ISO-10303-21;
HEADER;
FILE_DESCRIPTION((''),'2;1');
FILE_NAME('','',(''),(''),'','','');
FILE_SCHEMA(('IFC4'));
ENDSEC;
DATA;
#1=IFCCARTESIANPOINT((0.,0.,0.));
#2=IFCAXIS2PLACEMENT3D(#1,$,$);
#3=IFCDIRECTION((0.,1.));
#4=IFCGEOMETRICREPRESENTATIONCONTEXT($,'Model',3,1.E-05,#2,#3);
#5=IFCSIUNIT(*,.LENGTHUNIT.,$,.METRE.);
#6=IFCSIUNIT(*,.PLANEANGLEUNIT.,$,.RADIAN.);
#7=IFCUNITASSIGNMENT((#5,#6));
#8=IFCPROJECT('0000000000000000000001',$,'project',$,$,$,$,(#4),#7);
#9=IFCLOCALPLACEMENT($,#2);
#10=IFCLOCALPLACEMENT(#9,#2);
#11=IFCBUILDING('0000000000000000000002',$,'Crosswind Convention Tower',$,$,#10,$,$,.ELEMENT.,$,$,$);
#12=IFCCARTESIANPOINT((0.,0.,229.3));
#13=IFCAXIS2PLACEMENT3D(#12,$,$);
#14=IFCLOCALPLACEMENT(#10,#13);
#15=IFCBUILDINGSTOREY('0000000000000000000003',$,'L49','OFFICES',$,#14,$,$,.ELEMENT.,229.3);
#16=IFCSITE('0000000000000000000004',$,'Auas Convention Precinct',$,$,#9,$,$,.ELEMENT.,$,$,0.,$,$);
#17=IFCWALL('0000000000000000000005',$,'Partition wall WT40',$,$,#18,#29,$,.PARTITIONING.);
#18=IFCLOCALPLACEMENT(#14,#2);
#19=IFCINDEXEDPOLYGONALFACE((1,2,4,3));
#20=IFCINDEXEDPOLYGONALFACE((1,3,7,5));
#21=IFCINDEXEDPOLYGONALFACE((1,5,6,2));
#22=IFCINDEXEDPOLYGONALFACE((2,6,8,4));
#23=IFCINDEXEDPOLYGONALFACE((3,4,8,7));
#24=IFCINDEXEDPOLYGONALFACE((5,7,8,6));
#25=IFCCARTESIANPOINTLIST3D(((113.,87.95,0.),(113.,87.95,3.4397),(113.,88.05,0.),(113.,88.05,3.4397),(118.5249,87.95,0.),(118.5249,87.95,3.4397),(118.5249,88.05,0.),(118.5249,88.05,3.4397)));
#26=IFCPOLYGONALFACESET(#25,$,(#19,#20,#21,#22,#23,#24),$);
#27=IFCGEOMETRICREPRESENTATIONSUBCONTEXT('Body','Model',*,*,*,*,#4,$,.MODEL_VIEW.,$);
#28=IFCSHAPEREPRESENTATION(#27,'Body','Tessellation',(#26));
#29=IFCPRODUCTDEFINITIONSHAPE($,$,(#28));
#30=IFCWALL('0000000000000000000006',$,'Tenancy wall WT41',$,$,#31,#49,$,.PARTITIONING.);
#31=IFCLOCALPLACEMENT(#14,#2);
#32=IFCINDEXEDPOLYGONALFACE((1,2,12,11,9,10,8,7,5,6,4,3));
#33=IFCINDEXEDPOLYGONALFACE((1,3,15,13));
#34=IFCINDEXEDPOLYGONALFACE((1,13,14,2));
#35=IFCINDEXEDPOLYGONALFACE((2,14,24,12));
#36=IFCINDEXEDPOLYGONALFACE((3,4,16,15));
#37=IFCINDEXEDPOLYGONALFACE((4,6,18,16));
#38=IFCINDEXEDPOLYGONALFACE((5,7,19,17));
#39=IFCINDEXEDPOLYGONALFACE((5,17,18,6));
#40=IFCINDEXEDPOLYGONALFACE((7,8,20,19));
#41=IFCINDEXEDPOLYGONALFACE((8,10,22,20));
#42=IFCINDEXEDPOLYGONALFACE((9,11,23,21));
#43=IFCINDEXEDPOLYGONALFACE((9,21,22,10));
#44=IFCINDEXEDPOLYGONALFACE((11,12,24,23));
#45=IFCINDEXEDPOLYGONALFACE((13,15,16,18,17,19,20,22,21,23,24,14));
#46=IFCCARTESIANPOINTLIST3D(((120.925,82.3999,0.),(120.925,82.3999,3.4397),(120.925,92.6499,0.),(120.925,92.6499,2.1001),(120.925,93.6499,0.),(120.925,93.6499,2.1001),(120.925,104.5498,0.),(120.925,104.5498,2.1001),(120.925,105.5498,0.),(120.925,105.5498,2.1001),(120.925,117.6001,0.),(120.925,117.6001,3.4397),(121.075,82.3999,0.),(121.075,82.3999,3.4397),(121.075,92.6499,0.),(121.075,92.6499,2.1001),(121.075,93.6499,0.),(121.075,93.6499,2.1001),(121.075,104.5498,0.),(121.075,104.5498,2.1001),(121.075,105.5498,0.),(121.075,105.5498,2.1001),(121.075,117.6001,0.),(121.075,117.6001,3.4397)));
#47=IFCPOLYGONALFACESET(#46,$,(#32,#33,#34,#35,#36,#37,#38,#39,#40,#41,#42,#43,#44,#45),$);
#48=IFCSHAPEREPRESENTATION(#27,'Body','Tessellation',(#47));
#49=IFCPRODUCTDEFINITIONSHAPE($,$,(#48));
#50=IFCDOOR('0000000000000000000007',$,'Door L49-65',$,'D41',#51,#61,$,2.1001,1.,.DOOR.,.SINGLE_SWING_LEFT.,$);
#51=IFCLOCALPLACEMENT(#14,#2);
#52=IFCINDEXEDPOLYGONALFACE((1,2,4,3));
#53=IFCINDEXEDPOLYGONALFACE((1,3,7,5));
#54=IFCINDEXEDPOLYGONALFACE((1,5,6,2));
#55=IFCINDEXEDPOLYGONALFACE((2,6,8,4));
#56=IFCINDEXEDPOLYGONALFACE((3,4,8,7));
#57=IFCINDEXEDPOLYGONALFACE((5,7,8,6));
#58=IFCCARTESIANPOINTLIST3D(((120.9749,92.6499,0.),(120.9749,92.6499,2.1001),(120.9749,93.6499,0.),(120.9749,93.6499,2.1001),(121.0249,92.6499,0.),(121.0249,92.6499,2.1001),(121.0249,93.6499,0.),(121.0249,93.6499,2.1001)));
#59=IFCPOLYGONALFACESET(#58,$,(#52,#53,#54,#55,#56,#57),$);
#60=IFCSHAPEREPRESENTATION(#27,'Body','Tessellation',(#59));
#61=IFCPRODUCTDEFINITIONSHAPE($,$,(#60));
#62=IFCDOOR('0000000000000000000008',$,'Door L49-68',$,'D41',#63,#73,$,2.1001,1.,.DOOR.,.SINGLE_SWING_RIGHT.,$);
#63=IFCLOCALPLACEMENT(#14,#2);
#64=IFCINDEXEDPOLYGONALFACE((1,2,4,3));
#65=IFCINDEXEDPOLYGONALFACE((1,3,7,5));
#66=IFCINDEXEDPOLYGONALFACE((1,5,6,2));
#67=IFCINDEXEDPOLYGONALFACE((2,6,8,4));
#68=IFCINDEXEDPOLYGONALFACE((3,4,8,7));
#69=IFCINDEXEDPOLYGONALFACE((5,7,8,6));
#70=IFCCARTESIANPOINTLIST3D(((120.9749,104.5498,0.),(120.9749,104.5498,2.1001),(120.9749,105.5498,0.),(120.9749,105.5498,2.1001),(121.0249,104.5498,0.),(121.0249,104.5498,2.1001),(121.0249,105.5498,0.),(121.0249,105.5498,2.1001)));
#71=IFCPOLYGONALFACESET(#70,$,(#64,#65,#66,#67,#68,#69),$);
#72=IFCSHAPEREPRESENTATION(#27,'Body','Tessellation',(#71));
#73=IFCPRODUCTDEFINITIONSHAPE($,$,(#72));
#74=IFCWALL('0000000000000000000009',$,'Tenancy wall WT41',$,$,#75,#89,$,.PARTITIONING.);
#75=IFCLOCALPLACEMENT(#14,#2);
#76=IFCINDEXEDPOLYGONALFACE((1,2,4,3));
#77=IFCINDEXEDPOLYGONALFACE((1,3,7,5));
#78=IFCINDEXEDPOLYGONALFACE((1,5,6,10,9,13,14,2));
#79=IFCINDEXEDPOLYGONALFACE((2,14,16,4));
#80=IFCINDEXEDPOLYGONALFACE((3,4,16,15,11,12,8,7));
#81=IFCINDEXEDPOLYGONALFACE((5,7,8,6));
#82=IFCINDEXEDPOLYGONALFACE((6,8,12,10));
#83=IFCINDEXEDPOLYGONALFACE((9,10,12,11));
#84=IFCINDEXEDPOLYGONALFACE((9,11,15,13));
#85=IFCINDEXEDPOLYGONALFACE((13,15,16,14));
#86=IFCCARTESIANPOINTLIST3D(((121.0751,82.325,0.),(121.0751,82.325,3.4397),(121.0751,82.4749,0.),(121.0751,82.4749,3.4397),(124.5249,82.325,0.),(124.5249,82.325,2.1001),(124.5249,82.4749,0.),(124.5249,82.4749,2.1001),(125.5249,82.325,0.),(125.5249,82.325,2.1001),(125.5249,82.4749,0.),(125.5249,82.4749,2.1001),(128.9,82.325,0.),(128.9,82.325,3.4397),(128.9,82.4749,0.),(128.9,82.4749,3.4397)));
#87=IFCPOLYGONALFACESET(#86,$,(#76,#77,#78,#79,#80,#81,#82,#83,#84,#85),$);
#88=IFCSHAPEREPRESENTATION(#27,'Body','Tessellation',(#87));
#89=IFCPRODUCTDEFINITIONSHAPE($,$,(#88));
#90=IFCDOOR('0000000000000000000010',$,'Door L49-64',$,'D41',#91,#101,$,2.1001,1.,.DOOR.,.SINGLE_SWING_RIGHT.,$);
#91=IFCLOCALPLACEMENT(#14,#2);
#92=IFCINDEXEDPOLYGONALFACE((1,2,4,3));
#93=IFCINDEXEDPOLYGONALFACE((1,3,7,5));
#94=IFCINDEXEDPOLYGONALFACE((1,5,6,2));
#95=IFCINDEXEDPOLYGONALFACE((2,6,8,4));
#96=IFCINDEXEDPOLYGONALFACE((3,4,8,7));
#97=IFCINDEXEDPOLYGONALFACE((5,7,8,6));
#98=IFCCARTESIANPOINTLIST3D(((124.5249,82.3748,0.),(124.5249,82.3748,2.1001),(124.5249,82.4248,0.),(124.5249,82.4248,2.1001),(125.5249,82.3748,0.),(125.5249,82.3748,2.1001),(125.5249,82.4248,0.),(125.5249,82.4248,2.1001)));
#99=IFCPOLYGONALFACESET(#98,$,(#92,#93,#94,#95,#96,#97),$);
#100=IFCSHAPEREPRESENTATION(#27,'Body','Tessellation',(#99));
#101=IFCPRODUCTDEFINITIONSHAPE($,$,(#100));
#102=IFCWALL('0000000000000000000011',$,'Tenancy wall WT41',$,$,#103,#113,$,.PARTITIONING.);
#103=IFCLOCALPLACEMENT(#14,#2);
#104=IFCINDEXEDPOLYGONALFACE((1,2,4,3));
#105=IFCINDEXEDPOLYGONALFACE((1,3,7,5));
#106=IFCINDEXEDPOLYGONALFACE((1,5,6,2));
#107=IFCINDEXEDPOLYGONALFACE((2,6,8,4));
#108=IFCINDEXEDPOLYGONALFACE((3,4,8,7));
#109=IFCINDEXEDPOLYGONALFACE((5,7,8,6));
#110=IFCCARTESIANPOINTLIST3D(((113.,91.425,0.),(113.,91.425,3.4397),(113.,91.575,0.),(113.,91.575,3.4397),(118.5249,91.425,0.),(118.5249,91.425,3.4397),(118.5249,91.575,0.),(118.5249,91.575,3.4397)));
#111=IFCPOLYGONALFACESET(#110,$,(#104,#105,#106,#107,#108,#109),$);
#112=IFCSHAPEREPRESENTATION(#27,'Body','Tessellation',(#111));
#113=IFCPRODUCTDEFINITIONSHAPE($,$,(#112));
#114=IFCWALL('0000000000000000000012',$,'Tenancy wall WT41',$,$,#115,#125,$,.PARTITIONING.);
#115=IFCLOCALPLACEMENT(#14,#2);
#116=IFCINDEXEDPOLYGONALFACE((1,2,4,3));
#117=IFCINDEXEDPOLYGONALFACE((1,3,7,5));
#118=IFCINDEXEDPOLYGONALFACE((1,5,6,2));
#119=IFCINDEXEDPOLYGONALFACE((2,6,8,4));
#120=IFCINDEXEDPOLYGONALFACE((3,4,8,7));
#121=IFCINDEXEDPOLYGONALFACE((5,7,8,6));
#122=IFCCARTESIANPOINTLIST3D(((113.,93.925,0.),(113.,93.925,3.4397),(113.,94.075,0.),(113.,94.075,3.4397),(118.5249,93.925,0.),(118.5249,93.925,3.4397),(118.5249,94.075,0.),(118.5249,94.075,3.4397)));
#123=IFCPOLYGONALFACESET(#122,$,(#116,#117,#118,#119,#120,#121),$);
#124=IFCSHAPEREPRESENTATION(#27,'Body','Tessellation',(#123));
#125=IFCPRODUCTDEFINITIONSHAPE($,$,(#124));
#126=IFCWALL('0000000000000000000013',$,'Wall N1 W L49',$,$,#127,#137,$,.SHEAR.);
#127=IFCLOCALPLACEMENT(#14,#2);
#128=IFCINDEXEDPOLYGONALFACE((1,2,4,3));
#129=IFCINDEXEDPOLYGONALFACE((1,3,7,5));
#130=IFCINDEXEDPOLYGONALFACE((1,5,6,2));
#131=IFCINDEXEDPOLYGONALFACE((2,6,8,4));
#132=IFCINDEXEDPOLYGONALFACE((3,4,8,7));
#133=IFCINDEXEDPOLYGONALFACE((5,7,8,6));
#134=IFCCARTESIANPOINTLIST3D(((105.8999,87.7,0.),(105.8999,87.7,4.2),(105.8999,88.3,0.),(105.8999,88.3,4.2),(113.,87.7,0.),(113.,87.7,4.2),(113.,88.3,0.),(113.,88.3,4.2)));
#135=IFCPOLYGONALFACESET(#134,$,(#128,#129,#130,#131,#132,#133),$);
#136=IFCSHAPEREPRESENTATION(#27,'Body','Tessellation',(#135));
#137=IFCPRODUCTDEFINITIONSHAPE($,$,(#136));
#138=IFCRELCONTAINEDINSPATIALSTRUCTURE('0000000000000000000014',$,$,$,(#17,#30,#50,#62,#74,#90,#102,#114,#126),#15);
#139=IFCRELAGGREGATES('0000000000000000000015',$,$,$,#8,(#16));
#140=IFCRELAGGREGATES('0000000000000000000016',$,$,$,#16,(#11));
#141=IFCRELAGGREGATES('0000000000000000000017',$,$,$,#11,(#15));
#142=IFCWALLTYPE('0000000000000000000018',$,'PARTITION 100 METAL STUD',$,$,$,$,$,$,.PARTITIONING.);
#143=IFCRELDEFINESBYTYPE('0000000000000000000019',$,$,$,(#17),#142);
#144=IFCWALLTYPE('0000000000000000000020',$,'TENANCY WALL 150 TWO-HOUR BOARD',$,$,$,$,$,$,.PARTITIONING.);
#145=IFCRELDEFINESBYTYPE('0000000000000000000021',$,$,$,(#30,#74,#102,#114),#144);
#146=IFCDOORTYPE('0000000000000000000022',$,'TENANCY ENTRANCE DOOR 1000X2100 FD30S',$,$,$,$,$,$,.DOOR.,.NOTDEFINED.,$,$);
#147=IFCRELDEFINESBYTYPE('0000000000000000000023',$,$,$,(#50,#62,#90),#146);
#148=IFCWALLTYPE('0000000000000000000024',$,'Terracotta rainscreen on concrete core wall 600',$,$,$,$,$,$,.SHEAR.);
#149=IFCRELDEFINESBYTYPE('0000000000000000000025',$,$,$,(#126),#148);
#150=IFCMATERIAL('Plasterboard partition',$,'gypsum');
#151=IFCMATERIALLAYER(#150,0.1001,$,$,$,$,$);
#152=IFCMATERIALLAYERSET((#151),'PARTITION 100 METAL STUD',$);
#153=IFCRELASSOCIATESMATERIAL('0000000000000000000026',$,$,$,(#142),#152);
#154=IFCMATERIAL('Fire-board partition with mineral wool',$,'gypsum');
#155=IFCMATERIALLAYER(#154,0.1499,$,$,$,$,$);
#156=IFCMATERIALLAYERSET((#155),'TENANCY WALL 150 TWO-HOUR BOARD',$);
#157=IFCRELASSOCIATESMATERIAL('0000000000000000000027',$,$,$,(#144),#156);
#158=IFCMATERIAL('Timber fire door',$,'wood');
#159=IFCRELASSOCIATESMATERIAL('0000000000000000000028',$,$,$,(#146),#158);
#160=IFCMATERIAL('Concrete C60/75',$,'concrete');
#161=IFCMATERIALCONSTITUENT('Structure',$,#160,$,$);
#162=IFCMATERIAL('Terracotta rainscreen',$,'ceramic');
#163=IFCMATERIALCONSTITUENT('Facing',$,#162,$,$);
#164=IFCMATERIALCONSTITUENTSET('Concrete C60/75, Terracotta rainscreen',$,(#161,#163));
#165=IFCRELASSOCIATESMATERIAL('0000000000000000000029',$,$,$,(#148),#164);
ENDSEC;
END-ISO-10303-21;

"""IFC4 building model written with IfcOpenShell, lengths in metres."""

from ifc_helpers import new_model, si_unit, direction, frame, frame_2d, origin, place, context, subcontext, project, spatial, rectangle, extrude, material, layer, layer_set, constituent, constituent_set, type_object, element, fill, save


model = new_model("IFC4")

# Units and contexts
model_context = context("Model", 3, precision=1e-05, world=origin(), true_north=direction((0.0, 1.0)))
body_context = subcontext(model_context, "Body", "Model", "MODEL_VIEW")
ifc_project = project(units=[si_unit("LENGTHUNIT", "METRE"), si_unit("PLANEANGLEUNIT", "RADIAN")], contexts=[model_context])

# Site, building, storey
site_placement = place(None, origin())
site = spatial("IfcSite", under=ifc_project, at=site_placement, Name="Auas Convention Precinct", CompositionType="ELEMENT", RefElevation=0.0)
building_placement = place(site_placement, origin())
building = spatial("IfcBuilding", under=site, at=building_placement, Name="Crosswind Convention Tower", CompositionType="ELEMENT")
storey_placement = place(building_placement, frame((0.0, 0.0, 229.3)))
storey = spatial("IfcBuildingStorey", under=building, at=storey_placement, Name="L49", Description="OFFICES", CompositionType="ELEMENT", Elevation=229.3)

# Shared definitions
ifc_material_1 = material(Name="Concrete C60/75", Category="concrete")

# Wall
ifc_material_2 = material(Name="Plasterboard partition", Category="gypsum")
ifc_layer_1 = layer(ifc_material_2, 0.1001)
ifc_layer_set_1 = layer_set([ifc_layer_1], Name="PARTITION 100 METAL STUD")
wall_type_1 = type_object("IfcWallType", Name="PARTITION 100 METAL STUD", PredefinedType="PARTITIONING", material=ifc_layer_set_1)
wall_1_placement = place(storey_placement, frame((113.0, 88.0, 0.0), z_axis=(0.0, 0.0, 1.0), x_axis=(1.0, 0.0, 0.0)))
element("IfcWall", 1, at=wall_1_placement, inside=storey, type_object=wall_type_1, Name="Partition wall WT40", PredefinedType="PARTITIONING", context=body_context, shape_type="SweptSolid", body=[
    extrude(rectangle(XDim=5.5249, YDim=0.1001, at=frame_2d((2.7625, 0.0))), origin(), (0.0, 0.0, 1.0), 3.4397),
])

# Wall, openings, doors
ifc_material_3 = material(Name="Fire-board partition with mineral wool", Category="gypsum")
ifc_layer_2 = layer(ifc_material_3, 0.1499)
ifc_layer_set_2 = layer_set([ifc_layer_2], Name="TENANCY WALL 150 TWO-HOUR BOARD")
wall_type_2 = type_object("IfcWallType", Name="TENANCY WALL 150 TWO-HOUR BOARD", PredefinedType="PARTITIONING", material=ifc_layer_set_2)
wall_2_placement = place(storey_placement, frame((121.0, 82.3999, 0.0), z_axis=(0.0, 0.0, 1.0), x_axis=(0.0, 1.0, 0.0)))
wall_2 = element("IfcWall", 2, at=wall_2_placement, inside=storey, type_object=wall_type_2, Name="Tenancy wall WT41", PredefinedType="PARTITIONING", context=body_context, shape_type="SweptSolid", body=[
    extrude(rectangle(XDim=35.2002, YDim=0.1499, at=frame_2d((17.6001, 0.0))), origin(), (0.0, 0.0, 1.0), 3.4397),
])
opening_1_placement = place(wall_2_placement, frame((10.25, 0.0, 0.0)))
opening_1 = element("IfcOpeningElement", 3, at=opening_1_placement, cuts=wall_2, PredefinedType="OPENING", context=body_context, shape_type="SweptSolid", body=[
    extrude(rectangle(XDim=1.0, YDim=2.1001, at=frame_2d((0.5, 1.05))), frame((0.0, 0.085, 0.0), z_axis=(0.0, -1.0, 0.0), x_axis=(1.0, 0.0, 0.0)), (0.0, 0.0, 1.0), 0.1699),
])
opening_2_placement = place(wall_2_placement, frame((22.1499, 0.0, 0.0)))
opening_2 = element("IfcOpeningElement", 4, at=opening_2_placement, cuts=wall_2, PredefinedType="OPENING", context=body_context, shape_type="SweptSolid", body=[
    extrude(rectangle(XDim=1.0, YDim=2.1001, at=frame_2d((0.5, 1.05))), frame((0.0, 0.085, 0.0), z_axis=(0.0, -1.0, 0.0), x_axis=(1.0, 0.0, 0.0)), (0.0, 0.0, 1.0), 0.1699),
])
ifc_material_4 = material(Name="Timber fire door", Category="wood")
door_type = type_object("IfcDoorType", Name="TENANCY ENTRANCE DOOR 1000X2100 FD30S", OperationType="NOTDEFINED", PredefinedType="DOOR", material=ifc_material_4)
door_1_placement = place(opening_1_placement, frame((1.0, 0.0, 0.0), z_axis=(0.0, 0.0, 1.0), x_axis=(-1.0, 0.0, 0.0)))
door_1 = element("IfcDoor", 5, at=door_1_placement, inside=storey, type_object=door_type, Name="Door L49-65", ObjectType="D41", OperationType="SINGLE_SWING_LEFT", OverallHeight=2.1001, OverallWidth=1.0, PredefinedType="DOOR", context=body_context, shape_type="SweptSolid", body=[
    extrude(rectangle(XDim=1.0, YDim=2.1001, at=frame_2d((0.5, 1.05))), frame((0.0, 0.0249, 0.0), z_axis=(0.0, -1.0, 0.0), x_axis=(1.0, 0.0, 0.0)), (0.0, 0.0, 1.0), 0.05),
])
fill(opening_1, door_1)
door_2_placement = place(opening_2_placement, frame((1.0, 0.0, 0.0), z_axis=(0.0, 0.0, 1.0), x_axis=(-1.0, 0.0, 0.0)))
door_2 = element("IfcDoor", 6, at=door_2_placement, inside=storey, type_object=door_type, Name="Door L49-68", ObjectType="D41", OperationType="SINGLE_SWING_RIGHT", OverallHeight=2.1001, OverallWidth=1.0, PredefinedType="DOOR", context=body_context, shape_type="SweptSolid", body=[
    extrude(rectangle(XDim=1.0, YDim=2.1001, at=frame_2d((0.5, 1.05))), frame((0.0, 0.0249, 0.0), z_axis=(0.0, -1.0, 0.0), x_axis=(1.0, 0.0, 0.0)), (0.0, 0.0, 1.0), 0.05),
])
fill(opening_2, door_2)

# Wall, opening, door
wall_3_placement = place(storey_placement, frame((121.075, 82.3999, 0.0), z_axis=(0.0, 0.0, 1.0), x_axis=(1.0, 0.0, 0.0)))
wall_3 = element("IfcWall", 7, at=wall_3_placement, inside=storey, type_object=wall_type_2, Name="Tenancy wall WT41", PredefinedType="PARTITIONING", context=body_context, shape_type="SweptSolid", body=[
    extrude(rectangle(XDim=7.825, YDim=0.1499, at=frame_2d((3.9126, 0.0))), origin(), (0.0, 0.0, 1.0), 3.4397),
])
opening_3_placement = place(wall_3_placement, frame((3.45, 0.0, 0.0)))
opening_3 = element("IfcOpeningElement", 8, at=opening_3_placement, cuts=wall_3, PredefinedType="OPENING", context=body_context, shape_type="SweptSolid", body=[
    extrude(rectangle(XDim=1.0, YDim=2.1001, at=frame_2d((0.5, 1.05))), frame((0.0, 0.085, 0.0), z_axis=(0.0, -1.0, 0.0), x_axis=(1.0, 0.0, 0.0)), (0.0, 0.0, 1.0), 0.1699),
])
door_3_placement = place(opening_3_placement, origin())
door_3 = element("IfcDoor", 9, at=door_3_placement, inside=storey, type_object=door_type, Name="Door L49-64", ObjectType="D41", OperationType="SINGLE_SWING_RIGHT", OverallHeight=2.1001, OverallWidth=1.0, PredefinedType="DOOR", context=body_context, shape_type="SweptSolid", body=[
    extrude(rectangle(XDim=1.0, YDim=2.1001, at=frame_2d((0.5, 1.05))), frame((0.0, 0.0249, 0.0), z_axis=(0.0, -1.0, 0.0), x_axis=(1.0, 0.0, 0.0)), (0.0, 0.0, 1.0), 0.05),
])
fill(opening_3, door_3)

# Walls
for number, where, z_axis, x_axis, name in (
    (10, (113.0, 91.5, 0.0), (0.0, 0.0, 1.0), (1.0, 0.0, 0.0), "Tenancy wall WT41"),
    (11, (113.0, 94.0, 0.0), (0.0, 0.0, 1.0), (1.0, 0.0, 0.0), "Tenancy wall WT41"),
):
    element("IfcWall", number, at=place(storey_placement, frame(where, z_axis=z_axis, x_axis=x_axis)), inside=storey, type_object=wall_type_2, Name=name, PredefinedType="PARTITIONING", context=body_context, shape_type="SweptSolid", body=[
        extrude(rectangle(XDim=5.5249, YDim=0.1499, at=frame_2d((2.7625, 0.0))), origin(), (0.0, 0.0, 1.0), 3.4397),
    ])
ifc_constituent_1 = constituent(ifc_material_1, Name="Structure")
ifc_material_5 = material(Name="Terracotta rainscreen", Category="ceramic")
ifc_constituent_2 = constituent(ifc_material_5, Name="Facing")
ifc_constituent_set = constituent_set(constituents=[ifc_constituent_1, ifc_constituent_2], Name="Concrete C60/75, Terracotta rainscreen")
wall_type_3 = type_object("IfcWallType", Name="Terracotta rainscreen on concrete core wall 600", PredefinedType="SHEAR", material=ifc_constituent_set)
wall_4_placement = place(storey_placement, frame((113.0, 88.0, 0.0), z_axis=(0.0, 0.0, 1.0), x_axis=(-1.0, 0.0, 0.0)))
element("IfcWall", 12, at=wall_4_placement, inside=storey, type_object=wall_type_3, Name="Wall N1 W L49", PredefinedType="SHEAR", context=body_context, shape_type="SweptSolid", body=[
    extrude(rectangle(XDim=7.1001, YDim=0.6001, at=frame_2d((3.55, 0.0))), origin(), (0.0, 0.0, 1.0), 4.2),
])

save(model, "model.ifc")
